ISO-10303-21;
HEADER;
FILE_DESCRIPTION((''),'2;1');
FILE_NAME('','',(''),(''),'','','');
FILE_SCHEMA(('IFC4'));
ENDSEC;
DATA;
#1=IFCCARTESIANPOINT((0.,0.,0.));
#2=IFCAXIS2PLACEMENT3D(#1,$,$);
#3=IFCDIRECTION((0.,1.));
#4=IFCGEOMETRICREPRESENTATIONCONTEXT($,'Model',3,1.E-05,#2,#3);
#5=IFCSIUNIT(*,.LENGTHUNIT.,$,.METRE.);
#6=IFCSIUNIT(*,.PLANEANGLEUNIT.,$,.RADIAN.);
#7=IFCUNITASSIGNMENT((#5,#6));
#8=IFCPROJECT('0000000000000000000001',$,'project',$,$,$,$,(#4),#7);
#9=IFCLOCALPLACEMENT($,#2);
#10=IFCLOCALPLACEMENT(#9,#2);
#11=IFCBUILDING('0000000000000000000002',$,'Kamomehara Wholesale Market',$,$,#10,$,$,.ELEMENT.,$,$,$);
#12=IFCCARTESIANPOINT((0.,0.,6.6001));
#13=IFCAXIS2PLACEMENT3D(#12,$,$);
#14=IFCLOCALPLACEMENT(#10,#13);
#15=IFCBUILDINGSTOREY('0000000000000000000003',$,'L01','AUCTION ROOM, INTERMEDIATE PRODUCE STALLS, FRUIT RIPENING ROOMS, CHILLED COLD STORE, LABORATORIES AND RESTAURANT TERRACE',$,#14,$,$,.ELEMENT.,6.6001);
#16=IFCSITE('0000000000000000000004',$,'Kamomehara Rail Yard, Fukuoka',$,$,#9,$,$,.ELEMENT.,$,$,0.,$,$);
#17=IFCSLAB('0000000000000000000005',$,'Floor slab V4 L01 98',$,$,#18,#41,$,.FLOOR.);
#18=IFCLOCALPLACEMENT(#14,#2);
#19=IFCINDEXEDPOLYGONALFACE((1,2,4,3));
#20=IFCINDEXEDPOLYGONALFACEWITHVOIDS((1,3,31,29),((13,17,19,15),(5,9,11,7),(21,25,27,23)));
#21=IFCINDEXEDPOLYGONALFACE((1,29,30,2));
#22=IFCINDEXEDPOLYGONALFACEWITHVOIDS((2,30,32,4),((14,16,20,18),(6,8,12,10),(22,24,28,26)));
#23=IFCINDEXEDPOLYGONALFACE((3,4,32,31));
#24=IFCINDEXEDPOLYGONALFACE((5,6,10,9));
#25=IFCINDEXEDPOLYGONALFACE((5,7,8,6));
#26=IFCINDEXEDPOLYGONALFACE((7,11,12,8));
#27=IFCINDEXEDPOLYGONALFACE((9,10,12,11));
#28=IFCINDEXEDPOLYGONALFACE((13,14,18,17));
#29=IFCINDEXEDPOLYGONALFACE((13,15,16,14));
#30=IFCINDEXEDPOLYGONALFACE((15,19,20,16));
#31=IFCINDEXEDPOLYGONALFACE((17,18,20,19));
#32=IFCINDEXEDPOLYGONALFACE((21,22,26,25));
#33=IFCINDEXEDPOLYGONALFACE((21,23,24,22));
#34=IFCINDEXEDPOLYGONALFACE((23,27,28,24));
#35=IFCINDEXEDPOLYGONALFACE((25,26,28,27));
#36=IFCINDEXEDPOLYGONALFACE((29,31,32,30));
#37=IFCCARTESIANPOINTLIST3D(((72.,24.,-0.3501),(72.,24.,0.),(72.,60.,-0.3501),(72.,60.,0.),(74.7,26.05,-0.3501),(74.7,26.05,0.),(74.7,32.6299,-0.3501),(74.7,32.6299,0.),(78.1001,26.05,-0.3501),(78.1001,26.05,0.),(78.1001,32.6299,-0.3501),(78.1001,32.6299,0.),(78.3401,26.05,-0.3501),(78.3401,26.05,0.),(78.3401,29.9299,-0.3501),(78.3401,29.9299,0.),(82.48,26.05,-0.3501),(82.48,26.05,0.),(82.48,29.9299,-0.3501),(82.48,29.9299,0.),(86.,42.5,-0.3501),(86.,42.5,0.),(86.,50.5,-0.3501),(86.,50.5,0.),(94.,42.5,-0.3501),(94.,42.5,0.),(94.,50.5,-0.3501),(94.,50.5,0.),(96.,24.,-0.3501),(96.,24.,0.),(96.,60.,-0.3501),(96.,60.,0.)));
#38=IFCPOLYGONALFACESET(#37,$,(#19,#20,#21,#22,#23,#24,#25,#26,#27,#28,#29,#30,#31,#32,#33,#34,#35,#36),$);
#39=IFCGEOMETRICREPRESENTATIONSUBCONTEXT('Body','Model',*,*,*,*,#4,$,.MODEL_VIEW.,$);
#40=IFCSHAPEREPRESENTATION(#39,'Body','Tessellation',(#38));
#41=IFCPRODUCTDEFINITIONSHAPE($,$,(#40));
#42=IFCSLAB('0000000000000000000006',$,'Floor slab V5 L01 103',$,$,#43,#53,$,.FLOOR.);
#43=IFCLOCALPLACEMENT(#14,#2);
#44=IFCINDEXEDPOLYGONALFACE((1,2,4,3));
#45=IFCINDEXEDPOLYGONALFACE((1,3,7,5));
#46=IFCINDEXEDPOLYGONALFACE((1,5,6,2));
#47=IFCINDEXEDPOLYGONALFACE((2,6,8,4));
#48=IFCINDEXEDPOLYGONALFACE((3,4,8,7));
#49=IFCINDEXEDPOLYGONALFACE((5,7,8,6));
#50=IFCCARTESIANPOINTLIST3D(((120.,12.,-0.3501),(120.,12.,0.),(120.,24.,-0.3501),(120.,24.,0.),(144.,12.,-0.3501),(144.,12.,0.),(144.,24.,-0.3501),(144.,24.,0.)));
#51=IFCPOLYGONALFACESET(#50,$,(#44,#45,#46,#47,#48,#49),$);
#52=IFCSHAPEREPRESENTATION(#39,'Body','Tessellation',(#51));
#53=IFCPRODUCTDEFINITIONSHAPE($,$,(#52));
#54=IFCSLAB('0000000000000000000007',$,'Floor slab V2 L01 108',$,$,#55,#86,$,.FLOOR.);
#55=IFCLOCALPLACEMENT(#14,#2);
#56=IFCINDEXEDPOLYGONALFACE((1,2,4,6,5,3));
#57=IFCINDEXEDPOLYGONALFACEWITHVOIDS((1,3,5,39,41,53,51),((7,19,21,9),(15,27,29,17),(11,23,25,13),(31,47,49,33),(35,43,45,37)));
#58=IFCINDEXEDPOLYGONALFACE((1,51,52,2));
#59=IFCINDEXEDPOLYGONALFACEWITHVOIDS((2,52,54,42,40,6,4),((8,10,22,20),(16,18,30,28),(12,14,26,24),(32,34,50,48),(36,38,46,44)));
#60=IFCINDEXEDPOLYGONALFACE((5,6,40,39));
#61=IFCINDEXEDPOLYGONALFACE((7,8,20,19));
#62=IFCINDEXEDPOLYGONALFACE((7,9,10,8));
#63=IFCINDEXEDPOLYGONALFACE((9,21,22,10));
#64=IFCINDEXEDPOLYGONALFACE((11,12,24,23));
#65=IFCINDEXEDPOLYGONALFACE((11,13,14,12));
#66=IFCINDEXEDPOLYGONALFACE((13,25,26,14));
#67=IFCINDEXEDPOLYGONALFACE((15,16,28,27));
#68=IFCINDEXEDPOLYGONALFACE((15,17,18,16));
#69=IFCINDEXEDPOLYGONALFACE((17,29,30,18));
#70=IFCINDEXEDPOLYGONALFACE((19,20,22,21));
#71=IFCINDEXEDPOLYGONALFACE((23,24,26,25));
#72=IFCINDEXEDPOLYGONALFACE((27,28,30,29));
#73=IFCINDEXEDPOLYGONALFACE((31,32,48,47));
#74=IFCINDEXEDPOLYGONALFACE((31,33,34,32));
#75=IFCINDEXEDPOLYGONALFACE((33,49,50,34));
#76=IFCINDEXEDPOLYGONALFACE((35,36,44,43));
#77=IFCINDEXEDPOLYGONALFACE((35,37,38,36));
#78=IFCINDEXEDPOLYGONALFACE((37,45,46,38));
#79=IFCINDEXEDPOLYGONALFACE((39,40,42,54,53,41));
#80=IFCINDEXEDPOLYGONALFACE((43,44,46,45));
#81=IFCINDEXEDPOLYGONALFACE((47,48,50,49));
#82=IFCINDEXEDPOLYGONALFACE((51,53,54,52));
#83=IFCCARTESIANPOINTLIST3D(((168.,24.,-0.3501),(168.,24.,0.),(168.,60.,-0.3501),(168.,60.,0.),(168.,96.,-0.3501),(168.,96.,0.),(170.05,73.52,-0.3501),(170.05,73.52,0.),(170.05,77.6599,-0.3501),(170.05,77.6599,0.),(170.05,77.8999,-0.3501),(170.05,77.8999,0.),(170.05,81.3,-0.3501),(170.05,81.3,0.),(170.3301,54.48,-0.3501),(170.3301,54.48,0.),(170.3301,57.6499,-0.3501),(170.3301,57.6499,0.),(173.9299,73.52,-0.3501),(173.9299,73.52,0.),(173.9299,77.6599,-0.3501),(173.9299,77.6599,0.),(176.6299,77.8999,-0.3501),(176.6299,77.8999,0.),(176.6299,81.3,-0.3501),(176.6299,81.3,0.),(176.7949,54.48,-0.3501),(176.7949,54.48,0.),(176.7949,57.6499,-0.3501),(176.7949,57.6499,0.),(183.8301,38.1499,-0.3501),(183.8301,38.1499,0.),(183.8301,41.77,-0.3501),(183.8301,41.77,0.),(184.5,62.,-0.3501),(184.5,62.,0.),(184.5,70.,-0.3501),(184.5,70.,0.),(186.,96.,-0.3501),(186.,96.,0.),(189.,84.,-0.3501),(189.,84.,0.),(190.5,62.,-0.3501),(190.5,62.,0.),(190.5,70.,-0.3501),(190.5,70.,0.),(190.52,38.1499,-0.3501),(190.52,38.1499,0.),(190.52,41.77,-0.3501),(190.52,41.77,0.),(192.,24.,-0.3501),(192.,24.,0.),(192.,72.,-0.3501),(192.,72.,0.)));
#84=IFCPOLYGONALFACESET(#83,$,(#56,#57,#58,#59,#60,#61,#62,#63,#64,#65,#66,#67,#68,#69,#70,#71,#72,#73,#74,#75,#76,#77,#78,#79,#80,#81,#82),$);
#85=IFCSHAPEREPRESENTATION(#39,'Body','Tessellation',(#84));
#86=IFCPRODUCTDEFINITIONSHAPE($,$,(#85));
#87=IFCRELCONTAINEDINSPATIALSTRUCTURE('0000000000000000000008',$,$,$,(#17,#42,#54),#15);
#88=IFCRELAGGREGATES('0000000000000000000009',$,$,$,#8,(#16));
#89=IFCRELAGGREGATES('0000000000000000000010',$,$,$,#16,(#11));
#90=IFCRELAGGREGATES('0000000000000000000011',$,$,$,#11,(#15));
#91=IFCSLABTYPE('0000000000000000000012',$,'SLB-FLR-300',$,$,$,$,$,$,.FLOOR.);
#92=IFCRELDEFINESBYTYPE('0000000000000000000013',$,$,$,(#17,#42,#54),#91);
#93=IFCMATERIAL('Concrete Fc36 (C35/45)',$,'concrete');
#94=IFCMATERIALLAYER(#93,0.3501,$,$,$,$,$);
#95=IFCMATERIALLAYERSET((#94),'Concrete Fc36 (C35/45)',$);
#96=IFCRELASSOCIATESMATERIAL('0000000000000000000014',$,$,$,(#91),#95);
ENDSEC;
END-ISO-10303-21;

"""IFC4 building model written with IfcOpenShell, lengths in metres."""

from ifc_helpers import new_model, si_unit, direction, frame, origin, place, context, subcontext, project, spatial, polyline, outline, extrude, material, layer, layer_set, type_object, element, save


model = new_model("IFC4")

# Units and contexts
model_context = context("Model", 3, precision=1e-05, world=origin(), true_north=direction((0.0, 1.0)))
body_context = subcontext(model_context, "Body", "Model", "MODEL_VIEW")
ifc_project = project(units=[si_unit("LENGTHUNIT", "METRE"), si_unit("PLANEANGLEUNIT", "RADIAN")], contexts=[model_context])

# Site, building, storey
site_placement = place(None, origin())
site = spatial("IfcSite", under=ifc_project, at=site_placement, Name="Kamomehara Rail Yard, Fukuoka", CompositionType="ELEMENT", RefElevation=0.0)
building_placement = place(site_placement, origin())
building = spatial("IfcBuilding", under=site, at=building_placement, Name="Kamomehara Wholesale Market", CompositionType="ELEMENT")
storey_placement = place(building_placement, frame((0.0, 0.0, 6.6001)))
storey = spatial("IfcBuildingStorey", under=building, at=storey_placement, Name="L01", Description="AUCTION ROOM, INTERMEDIATE PRODUCE STALLS, FRUIT RIPENING ROOMS, CHILLED COLD STORE, LABORATORIES AND RESTAURANT TERRACE", CompositionType="ELEMENT", Elevation=6.6001)

# Slabs
ifc_material_1 = material(Name="Concrete Fc36 (C35/45)", Category="concrete")
ifc_layer_1 = layer(ifc_material_1, 0.3501)
ifc_layer_set_1 = layer_set([ifc_layer_1], Name="Concrete Fc36 (C35/45)")
slab_type_1 = type_object("IfcSlabType", Name="SLB-FLR-300", PredefinedType="FLOOR", material=ifc_layer_set_1)
slab_1_placement = place(storey_placement, frame((0.0, 0.0, -0.3501)))
element("IfcSlab", 1, at=slab_1_placement, inside=storey, type_object=slab_type_1, Name="Floor slab V4 L01 98", PredefinedType="FLOOR", context=body_context, shape_type="SweptSolid", body=[
    extrude(outline(polyline([(96.0, 24.0), (72.0, 24.0), (72.0, 60.0), (96.0, 60.0), (96.0, 24.0)]), holes=[polyline([(78.1001, 26.05), (78.1001, 32.6299), (74.7, 32.6299), (74.7, 26.05), (78.1001, 26.05)]), polyline([(82.48, 26.05), (82.48, 29.9299), (78.3401, 29.9299), (78.3401, 26.05), (82.48, 26.05)]), polyline([(94.0, 42.5), (94.0, 50.5), (86.0, 50.5), (86.0, 42.5), (94.0, 42.5)])]), origin(), (0.0, 0.0, 1.0), 0.3501),
])
slab_2_placement = place(storey_placement, frame((0.0, 0.0, -0.3501)))
element("IfcSlab", 2, at=slab_2_placement, inside=storey, type_object=slab_type_1, Name="Floor slab V5 L01 103", PredefinedType="FLOOR", context=body_context, shape_type="SweptSolid", body=[
    extrude(outline(polyline([(120.0, 24.0), (144.0, 24.0), (144.0, 12.0), (120.0, 12.0), (120.0, 24.0)])), origin(), (0.0, 0.0, 1.0), 0.3501),
])
slab_3_placement = place(storey_placement, frame((0.0, 0.0, -0.3501)))
element("IfcSlab", 3, at=slab_3_placement, inside=storey, type_object=slab_type_1, Name="Floor slab V2 L01 108", PredefinedType="FLOOR", context=body_context, shape_type="SweptSolid", body=[
    extrude(outline(polyline([(192.0, 24.0), (168.0, 24.0), (168.0, 60.0), (168.0, 96.0), (186.0, 96.0), (189.0, 84.0), (192.0, 72.0), (192.0, 24.0)]), holes=[polyline([(176.6299, 77.8999), (176.6299, 81.3), (170.05, 81.3), (170.05, 77.8999), (176.6299, 77.8999)]), polyline([(173.9299, 73.52), (173.9299, 77.6599), (170.05, 77.6599), (170.05, 73.52), (173.9299, 73.52)]), polyline([(176.7949, 54.48), (176.7949, 57.6499), (170.3301, 57.6499), (170.3301, 54.48), (176.7949, 54.48)]), polyline([(190.52, 38.1499), (190.52, 41.77), (183.8301, 41.77), (183.8301, 38.1499), (190.52, 38.1499)]), polyline([(190.5, 62.0), (190.5, 70.0), (184.5, 70.0), (184.5, 62.0), (190.5, 62.0)])]), origin(), (0.0, 0.0, 1.0), 0.3501),
])

save(model, "model.ifc")
